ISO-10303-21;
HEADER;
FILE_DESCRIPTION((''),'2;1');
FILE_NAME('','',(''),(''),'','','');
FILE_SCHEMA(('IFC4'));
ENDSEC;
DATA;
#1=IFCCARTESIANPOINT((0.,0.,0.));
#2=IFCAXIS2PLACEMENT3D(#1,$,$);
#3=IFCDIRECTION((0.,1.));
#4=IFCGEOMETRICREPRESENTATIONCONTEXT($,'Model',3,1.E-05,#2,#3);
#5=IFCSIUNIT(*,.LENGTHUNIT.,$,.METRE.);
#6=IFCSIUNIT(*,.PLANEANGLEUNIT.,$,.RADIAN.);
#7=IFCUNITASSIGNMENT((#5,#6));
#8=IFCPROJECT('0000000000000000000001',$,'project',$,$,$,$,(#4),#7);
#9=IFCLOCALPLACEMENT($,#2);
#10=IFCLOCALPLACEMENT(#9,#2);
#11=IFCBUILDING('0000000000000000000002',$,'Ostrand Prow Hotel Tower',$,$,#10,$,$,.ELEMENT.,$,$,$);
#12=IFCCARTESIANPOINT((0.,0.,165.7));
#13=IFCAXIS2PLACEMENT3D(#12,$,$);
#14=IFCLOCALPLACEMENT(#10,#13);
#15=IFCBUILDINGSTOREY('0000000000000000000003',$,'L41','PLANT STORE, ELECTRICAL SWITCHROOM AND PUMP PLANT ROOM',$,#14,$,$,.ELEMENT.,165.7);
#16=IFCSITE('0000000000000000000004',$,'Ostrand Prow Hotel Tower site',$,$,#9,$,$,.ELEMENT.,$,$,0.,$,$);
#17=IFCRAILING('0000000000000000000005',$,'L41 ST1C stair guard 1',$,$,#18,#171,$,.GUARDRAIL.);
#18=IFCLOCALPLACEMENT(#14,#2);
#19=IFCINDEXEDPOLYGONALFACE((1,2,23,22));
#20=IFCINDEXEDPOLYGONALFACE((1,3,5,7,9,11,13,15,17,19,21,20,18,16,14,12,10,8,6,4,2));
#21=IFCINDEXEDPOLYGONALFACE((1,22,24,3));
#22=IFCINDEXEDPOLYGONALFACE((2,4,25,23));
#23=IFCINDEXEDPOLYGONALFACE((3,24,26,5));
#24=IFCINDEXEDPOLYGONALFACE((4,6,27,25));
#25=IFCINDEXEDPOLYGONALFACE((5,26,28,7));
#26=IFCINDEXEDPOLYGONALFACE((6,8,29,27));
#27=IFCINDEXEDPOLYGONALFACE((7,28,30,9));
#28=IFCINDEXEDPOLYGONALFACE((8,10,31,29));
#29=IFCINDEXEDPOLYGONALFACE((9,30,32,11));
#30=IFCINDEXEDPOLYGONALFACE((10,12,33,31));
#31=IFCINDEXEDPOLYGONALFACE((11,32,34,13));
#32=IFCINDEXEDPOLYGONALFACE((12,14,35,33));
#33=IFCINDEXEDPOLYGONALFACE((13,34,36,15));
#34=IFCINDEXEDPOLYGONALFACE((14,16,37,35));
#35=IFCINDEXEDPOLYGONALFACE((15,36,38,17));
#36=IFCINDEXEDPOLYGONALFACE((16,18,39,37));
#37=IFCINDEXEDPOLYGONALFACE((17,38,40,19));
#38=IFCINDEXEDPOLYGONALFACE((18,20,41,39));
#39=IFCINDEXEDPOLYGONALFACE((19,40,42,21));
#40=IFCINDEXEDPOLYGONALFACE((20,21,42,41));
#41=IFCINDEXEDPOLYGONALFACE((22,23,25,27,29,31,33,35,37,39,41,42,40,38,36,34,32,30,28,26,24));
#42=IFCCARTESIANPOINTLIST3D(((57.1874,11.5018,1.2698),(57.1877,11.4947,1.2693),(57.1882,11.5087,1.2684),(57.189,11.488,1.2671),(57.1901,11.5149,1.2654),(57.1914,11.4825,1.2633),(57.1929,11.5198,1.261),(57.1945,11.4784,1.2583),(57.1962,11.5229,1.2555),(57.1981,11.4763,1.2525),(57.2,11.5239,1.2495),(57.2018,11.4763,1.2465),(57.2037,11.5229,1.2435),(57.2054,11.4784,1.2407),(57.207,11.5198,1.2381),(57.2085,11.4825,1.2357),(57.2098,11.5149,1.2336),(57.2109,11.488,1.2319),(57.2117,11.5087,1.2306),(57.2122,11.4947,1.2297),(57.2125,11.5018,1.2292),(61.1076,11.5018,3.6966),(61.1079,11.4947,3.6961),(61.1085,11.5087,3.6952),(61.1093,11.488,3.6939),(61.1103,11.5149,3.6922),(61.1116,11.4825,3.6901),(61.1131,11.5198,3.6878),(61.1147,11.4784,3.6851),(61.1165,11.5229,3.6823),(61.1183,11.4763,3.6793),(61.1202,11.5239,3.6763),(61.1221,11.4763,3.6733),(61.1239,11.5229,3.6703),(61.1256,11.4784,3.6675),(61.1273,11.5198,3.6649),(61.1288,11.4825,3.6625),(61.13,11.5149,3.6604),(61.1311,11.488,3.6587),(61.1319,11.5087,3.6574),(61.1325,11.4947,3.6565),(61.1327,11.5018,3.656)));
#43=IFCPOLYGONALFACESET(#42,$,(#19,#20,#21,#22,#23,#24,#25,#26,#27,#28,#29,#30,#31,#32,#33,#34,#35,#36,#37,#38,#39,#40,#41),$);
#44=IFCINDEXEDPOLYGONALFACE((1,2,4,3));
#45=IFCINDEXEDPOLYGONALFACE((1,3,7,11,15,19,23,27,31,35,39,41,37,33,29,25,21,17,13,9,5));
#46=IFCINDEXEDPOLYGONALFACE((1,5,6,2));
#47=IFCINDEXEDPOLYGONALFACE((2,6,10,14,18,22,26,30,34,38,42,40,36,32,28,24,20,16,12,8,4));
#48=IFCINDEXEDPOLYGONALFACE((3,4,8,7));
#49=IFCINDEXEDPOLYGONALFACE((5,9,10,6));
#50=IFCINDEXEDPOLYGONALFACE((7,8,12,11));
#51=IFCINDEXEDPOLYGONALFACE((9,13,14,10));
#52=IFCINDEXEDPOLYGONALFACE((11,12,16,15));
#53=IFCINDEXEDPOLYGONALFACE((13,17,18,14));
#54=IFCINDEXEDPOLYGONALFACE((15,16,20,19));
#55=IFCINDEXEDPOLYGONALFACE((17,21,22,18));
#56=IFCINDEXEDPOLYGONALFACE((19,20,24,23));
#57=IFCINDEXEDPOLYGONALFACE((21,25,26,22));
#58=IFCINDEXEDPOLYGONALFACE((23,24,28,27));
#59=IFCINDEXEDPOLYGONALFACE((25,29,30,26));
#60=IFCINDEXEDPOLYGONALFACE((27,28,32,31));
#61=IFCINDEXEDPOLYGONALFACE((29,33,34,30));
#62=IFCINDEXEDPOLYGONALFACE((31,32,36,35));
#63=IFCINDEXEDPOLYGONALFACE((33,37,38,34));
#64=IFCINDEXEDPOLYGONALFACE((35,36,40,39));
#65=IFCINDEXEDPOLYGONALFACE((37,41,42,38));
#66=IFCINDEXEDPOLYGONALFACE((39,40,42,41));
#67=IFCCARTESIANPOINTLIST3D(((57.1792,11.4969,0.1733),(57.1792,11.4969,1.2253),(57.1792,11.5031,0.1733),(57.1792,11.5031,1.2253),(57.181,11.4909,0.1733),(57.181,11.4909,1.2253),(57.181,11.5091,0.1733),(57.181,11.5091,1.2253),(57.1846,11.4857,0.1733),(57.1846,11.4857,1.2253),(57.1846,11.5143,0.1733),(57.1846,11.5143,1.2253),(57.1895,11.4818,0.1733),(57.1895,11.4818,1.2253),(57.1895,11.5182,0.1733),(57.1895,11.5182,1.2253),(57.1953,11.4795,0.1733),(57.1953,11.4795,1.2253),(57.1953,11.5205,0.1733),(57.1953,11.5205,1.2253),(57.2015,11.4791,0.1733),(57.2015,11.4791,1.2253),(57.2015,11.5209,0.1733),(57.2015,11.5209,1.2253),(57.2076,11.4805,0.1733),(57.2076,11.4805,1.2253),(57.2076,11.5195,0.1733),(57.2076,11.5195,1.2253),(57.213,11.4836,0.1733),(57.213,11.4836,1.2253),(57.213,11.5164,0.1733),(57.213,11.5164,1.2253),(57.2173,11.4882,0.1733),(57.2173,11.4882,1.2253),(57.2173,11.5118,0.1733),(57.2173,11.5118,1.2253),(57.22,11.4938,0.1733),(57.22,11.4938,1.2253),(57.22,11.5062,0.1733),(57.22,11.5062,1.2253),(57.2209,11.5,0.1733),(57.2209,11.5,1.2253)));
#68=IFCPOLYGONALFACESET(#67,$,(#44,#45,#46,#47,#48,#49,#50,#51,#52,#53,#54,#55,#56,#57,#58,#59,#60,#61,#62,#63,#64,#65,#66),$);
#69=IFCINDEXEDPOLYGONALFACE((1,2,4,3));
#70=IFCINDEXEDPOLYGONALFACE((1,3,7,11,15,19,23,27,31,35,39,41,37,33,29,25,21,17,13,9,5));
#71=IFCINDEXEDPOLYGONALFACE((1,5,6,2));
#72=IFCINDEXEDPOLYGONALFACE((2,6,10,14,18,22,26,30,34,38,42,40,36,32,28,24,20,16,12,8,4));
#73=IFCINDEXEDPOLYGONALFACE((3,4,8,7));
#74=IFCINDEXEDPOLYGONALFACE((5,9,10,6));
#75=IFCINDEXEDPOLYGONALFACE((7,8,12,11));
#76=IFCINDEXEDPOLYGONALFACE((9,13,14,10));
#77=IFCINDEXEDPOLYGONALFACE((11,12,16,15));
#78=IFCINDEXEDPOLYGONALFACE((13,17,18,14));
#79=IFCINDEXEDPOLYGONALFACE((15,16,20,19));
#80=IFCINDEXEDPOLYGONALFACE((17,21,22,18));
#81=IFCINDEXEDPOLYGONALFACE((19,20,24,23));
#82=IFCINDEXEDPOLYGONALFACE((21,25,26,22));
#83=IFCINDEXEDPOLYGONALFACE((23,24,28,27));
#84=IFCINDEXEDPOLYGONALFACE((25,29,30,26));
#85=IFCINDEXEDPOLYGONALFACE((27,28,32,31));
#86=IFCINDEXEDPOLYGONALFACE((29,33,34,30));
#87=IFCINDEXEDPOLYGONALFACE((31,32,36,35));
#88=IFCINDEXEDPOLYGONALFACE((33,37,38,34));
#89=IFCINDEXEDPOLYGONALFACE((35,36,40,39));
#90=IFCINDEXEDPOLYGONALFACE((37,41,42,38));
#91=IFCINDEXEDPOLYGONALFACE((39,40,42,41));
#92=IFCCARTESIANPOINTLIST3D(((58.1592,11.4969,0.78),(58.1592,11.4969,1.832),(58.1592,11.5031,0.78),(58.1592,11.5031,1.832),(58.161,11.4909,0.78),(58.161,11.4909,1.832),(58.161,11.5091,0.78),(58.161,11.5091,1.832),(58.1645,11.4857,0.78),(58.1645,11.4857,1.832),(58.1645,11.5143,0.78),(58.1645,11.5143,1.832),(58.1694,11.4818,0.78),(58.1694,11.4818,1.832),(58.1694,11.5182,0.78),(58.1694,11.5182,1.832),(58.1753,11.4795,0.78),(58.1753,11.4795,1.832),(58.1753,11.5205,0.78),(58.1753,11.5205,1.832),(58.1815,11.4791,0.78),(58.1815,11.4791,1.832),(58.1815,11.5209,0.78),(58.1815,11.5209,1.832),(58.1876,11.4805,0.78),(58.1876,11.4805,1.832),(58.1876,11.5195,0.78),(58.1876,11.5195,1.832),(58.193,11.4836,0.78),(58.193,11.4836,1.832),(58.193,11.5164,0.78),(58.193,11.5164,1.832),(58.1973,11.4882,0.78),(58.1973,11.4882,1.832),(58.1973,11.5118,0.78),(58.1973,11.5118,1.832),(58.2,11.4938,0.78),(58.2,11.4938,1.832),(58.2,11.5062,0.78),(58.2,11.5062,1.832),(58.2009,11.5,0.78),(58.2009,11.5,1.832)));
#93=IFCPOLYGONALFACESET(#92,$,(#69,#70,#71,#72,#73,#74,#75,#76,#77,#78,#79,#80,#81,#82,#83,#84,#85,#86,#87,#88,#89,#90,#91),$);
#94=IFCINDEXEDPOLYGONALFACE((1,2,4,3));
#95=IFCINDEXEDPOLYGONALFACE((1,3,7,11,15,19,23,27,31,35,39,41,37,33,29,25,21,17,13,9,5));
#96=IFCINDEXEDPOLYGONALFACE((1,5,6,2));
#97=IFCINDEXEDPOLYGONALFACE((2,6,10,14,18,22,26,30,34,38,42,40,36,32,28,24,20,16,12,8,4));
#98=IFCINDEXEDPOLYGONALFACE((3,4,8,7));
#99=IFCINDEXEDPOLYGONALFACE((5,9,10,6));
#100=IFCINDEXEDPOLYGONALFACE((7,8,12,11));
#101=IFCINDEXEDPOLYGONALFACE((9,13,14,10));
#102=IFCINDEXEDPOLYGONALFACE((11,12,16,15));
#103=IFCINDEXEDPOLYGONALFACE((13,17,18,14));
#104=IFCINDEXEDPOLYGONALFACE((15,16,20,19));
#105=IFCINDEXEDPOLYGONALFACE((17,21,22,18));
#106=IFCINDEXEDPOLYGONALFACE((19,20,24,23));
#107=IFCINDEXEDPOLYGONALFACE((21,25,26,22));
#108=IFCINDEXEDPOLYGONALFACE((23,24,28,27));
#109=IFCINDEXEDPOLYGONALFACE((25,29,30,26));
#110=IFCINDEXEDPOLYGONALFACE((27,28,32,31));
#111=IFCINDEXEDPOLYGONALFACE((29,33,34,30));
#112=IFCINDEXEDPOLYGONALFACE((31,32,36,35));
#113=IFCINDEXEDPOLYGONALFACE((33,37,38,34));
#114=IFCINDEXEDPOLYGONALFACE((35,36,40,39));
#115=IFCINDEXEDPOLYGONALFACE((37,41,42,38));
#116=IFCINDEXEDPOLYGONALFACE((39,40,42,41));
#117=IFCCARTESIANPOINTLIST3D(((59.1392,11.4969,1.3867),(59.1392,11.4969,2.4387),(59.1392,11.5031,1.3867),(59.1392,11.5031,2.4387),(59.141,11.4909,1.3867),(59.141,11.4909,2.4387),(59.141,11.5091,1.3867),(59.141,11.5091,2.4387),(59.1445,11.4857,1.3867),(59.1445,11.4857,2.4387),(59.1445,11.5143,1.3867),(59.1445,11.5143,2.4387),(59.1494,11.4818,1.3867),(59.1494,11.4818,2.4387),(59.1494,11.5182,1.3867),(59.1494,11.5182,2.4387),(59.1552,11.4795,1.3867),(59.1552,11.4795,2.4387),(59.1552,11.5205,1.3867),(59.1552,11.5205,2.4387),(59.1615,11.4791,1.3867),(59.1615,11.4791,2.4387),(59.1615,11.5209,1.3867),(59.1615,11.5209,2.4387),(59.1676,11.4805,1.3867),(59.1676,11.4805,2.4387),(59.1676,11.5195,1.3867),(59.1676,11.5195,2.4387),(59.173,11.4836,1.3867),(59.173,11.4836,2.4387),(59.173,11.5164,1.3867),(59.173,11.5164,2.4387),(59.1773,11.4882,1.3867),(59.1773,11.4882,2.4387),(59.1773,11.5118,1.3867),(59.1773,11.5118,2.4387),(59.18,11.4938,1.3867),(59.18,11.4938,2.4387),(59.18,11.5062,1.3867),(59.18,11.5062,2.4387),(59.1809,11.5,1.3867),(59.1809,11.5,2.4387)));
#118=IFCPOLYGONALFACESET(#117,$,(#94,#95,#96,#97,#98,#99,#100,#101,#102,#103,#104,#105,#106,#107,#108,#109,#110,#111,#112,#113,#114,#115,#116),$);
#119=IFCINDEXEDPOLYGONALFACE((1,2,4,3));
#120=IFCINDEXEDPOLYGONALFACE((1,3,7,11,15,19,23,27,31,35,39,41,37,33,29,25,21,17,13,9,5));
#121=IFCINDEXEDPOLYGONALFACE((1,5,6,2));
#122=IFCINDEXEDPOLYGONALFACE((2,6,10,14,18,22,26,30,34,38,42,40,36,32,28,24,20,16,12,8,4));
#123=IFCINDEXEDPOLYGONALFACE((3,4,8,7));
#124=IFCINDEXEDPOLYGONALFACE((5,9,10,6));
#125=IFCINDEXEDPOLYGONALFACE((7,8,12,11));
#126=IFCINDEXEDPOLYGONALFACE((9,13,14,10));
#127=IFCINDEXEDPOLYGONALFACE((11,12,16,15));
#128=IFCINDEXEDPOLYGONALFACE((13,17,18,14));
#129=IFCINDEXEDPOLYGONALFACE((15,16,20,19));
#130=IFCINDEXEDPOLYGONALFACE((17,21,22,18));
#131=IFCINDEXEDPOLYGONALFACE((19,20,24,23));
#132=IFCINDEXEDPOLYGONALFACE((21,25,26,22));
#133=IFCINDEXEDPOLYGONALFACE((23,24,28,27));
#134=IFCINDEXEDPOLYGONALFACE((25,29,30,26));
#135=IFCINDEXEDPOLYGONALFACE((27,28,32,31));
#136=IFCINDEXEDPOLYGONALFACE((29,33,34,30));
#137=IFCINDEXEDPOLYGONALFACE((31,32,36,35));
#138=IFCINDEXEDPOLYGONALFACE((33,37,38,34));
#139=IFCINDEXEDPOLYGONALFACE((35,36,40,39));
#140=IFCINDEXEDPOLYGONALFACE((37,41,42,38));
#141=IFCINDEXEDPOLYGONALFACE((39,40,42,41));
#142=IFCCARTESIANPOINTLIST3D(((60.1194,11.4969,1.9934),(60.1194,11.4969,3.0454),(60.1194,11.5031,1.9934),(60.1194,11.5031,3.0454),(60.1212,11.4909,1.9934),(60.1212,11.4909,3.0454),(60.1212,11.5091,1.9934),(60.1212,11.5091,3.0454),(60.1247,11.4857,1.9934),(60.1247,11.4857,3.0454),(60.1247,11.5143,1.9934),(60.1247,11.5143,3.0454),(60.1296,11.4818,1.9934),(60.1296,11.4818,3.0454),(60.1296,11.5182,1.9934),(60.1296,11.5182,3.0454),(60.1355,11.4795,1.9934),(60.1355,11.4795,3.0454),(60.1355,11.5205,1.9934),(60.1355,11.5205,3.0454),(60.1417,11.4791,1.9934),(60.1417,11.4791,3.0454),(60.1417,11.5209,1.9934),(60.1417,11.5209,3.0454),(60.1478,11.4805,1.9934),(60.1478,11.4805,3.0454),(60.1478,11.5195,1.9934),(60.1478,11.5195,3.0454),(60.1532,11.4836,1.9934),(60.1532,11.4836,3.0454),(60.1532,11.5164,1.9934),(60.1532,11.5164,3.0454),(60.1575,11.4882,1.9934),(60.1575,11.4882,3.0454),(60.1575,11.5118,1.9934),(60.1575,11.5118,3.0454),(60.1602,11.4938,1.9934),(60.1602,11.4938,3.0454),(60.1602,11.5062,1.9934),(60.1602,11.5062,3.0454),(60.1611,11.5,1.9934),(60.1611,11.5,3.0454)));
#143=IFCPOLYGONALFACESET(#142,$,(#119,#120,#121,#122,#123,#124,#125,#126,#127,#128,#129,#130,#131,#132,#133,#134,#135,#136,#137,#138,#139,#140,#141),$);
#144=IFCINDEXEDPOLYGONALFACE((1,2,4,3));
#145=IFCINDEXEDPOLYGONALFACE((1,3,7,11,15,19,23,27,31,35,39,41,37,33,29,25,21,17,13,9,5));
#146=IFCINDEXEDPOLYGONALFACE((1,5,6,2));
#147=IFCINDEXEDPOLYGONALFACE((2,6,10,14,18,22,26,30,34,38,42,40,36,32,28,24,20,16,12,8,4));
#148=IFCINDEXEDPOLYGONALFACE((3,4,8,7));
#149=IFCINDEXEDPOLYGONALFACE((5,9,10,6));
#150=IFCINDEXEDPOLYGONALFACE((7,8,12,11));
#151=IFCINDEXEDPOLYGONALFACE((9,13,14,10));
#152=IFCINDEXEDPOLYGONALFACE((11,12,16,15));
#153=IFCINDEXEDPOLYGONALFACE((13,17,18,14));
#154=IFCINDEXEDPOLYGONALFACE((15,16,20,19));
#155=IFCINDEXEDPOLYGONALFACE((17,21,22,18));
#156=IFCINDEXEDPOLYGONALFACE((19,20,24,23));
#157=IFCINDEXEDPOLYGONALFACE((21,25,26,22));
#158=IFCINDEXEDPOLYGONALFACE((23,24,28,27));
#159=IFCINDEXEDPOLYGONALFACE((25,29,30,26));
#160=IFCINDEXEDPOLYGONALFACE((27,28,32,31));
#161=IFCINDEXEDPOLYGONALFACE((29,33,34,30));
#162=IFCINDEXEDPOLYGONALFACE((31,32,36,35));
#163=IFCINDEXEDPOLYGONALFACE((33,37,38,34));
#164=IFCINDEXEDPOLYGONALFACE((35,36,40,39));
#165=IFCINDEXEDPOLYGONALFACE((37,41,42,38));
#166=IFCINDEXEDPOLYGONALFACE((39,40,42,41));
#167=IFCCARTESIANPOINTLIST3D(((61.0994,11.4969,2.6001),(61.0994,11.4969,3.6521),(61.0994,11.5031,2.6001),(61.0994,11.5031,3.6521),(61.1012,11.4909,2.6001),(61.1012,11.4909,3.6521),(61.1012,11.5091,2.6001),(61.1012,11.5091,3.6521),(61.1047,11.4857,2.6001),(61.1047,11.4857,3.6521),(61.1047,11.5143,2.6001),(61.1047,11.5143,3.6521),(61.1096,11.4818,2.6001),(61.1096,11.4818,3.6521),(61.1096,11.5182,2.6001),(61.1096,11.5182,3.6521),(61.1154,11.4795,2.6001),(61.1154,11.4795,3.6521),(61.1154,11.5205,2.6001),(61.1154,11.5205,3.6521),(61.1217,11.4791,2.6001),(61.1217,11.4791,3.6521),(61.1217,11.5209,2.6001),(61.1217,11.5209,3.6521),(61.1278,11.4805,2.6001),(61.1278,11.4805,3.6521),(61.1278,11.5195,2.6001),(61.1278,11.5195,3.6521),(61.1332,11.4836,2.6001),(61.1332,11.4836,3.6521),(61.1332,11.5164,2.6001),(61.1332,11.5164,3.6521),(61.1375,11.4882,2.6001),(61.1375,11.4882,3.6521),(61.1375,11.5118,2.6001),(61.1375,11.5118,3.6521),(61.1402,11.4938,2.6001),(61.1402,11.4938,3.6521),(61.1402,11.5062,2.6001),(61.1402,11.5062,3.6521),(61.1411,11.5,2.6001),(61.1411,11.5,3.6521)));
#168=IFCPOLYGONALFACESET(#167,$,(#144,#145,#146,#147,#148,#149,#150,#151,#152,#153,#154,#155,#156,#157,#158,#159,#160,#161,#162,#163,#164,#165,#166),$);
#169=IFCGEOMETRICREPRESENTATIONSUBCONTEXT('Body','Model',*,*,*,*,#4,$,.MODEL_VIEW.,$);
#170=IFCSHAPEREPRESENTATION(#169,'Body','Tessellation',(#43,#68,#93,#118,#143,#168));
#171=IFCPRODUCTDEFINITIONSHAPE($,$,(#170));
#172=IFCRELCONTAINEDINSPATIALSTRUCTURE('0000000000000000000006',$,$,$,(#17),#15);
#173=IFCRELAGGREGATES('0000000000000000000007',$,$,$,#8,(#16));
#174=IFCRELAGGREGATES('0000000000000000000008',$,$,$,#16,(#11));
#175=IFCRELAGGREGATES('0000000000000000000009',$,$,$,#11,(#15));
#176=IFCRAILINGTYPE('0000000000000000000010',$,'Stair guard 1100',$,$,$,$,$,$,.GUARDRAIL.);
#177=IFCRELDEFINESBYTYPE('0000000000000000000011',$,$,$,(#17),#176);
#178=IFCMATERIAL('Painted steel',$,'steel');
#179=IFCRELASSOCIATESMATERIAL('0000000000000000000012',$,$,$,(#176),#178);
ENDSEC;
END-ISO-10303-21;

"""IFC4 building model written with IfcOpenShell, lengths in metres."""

from ifc_helpers import new_model, si_unit, direction, frame, origin, origin_2d, place, context, subcontext, project, spatial, circle, extrude, material, type_object, element, save


model = new_model("IFC4")

# Units and contexts
model_context = context("Model", 3, precision=1e-05, world=origin(), true_north=direction((0.0, 1.0)))
body_context = subcontext(model_context, "Body", "Model", "MODEL_VIEW")
ifc_project = project(units=[si_unit("LENGTHUNIT", "METRE"), si_unit("PLANEANGLEUNIT", "RADIAN")], contexts=[model_context])

# Site, building, storey
site_placement = place(None, origin())
site = spatial("IfcSite", under=ifc_project, at=site_placement, Name="Ostrand Prow Hotel Tower site", CompositionType="ELEMENT", RefElevation=0.0)
building_placement = place(site_placement, origin())
building = spatial("IfcBuilding", under=site, at=building_placement, Name="Ostrand Prow Hotel Tower", CompositionType="ELEMENT")
storey_placement = place(building_placement, frame((0.0, 0.0, 165.7)))
storey = spatial("IfcBuildingStorey", under=building, at=storey_placement, Name="L41", Description="PLANT STORE, ELECTRICAL SWITCHROOM AND PUMP PLANT ROOM", CompositionType="ELEMENT", Elevation=165.7)

# Railing
ifc_material_1 = material(Name="Painted steel", Category="steel")
railing_type_1 = type_object("IfcRailingType", Name="Stair guard 1100", PredefinedType="GUARDRAIL", material=ifc_material_1)
railing_1_placement = place(storey_placement, frame((57.2, 11.5, 0.1733)))
element("IfcRailing", 1, at=railing_1_placement, inside=storey, type_object=railing_type_1, Name="L41 ST1C stair guard 1", PredefinedType="GUARDRAIL", context=body_context, shape_type="SweptSolid", body=[
    extrude(circle(Radius=0.0239, at=origin_2d()), frame((0.0, 0.0, 1.0762), z_axis=(0.850266, 0.0, 0.526353), x_axis=(0.0, 1.0, 0.0)), (0.0, 0.0, 1.0), 4.6106),
    extrude(circle(Radius=0.021, at=origin_2d()), origin(), (0.0, 0.0, 1.0), 1.052),
    extrude(circle(Radius=0.021, at=origin_2d()), frame((0.98, 0.0, 0.6067)), (0.0, 0.0, 1.0), 1.052),
    extrude(circle(Radius=0.021, at=origin_2d()), frame((1.96, 0.0, 1.2134)), (0.0, 0.0, 1.0), 1.052),
    extrude(circle(Radius=0.021, at=origin_2d()), frame((2.9402, 0.0, 1.8201)), (0.0, 0.0, 1.0), 1.052),
    extrude(circle(Radius=0.021, at=origin_2d()), frame((3.9202, 0.0, 2.4268)), (0.0, 0.0, 1.0), 1.052),
])

save(model, "model.ifc")
